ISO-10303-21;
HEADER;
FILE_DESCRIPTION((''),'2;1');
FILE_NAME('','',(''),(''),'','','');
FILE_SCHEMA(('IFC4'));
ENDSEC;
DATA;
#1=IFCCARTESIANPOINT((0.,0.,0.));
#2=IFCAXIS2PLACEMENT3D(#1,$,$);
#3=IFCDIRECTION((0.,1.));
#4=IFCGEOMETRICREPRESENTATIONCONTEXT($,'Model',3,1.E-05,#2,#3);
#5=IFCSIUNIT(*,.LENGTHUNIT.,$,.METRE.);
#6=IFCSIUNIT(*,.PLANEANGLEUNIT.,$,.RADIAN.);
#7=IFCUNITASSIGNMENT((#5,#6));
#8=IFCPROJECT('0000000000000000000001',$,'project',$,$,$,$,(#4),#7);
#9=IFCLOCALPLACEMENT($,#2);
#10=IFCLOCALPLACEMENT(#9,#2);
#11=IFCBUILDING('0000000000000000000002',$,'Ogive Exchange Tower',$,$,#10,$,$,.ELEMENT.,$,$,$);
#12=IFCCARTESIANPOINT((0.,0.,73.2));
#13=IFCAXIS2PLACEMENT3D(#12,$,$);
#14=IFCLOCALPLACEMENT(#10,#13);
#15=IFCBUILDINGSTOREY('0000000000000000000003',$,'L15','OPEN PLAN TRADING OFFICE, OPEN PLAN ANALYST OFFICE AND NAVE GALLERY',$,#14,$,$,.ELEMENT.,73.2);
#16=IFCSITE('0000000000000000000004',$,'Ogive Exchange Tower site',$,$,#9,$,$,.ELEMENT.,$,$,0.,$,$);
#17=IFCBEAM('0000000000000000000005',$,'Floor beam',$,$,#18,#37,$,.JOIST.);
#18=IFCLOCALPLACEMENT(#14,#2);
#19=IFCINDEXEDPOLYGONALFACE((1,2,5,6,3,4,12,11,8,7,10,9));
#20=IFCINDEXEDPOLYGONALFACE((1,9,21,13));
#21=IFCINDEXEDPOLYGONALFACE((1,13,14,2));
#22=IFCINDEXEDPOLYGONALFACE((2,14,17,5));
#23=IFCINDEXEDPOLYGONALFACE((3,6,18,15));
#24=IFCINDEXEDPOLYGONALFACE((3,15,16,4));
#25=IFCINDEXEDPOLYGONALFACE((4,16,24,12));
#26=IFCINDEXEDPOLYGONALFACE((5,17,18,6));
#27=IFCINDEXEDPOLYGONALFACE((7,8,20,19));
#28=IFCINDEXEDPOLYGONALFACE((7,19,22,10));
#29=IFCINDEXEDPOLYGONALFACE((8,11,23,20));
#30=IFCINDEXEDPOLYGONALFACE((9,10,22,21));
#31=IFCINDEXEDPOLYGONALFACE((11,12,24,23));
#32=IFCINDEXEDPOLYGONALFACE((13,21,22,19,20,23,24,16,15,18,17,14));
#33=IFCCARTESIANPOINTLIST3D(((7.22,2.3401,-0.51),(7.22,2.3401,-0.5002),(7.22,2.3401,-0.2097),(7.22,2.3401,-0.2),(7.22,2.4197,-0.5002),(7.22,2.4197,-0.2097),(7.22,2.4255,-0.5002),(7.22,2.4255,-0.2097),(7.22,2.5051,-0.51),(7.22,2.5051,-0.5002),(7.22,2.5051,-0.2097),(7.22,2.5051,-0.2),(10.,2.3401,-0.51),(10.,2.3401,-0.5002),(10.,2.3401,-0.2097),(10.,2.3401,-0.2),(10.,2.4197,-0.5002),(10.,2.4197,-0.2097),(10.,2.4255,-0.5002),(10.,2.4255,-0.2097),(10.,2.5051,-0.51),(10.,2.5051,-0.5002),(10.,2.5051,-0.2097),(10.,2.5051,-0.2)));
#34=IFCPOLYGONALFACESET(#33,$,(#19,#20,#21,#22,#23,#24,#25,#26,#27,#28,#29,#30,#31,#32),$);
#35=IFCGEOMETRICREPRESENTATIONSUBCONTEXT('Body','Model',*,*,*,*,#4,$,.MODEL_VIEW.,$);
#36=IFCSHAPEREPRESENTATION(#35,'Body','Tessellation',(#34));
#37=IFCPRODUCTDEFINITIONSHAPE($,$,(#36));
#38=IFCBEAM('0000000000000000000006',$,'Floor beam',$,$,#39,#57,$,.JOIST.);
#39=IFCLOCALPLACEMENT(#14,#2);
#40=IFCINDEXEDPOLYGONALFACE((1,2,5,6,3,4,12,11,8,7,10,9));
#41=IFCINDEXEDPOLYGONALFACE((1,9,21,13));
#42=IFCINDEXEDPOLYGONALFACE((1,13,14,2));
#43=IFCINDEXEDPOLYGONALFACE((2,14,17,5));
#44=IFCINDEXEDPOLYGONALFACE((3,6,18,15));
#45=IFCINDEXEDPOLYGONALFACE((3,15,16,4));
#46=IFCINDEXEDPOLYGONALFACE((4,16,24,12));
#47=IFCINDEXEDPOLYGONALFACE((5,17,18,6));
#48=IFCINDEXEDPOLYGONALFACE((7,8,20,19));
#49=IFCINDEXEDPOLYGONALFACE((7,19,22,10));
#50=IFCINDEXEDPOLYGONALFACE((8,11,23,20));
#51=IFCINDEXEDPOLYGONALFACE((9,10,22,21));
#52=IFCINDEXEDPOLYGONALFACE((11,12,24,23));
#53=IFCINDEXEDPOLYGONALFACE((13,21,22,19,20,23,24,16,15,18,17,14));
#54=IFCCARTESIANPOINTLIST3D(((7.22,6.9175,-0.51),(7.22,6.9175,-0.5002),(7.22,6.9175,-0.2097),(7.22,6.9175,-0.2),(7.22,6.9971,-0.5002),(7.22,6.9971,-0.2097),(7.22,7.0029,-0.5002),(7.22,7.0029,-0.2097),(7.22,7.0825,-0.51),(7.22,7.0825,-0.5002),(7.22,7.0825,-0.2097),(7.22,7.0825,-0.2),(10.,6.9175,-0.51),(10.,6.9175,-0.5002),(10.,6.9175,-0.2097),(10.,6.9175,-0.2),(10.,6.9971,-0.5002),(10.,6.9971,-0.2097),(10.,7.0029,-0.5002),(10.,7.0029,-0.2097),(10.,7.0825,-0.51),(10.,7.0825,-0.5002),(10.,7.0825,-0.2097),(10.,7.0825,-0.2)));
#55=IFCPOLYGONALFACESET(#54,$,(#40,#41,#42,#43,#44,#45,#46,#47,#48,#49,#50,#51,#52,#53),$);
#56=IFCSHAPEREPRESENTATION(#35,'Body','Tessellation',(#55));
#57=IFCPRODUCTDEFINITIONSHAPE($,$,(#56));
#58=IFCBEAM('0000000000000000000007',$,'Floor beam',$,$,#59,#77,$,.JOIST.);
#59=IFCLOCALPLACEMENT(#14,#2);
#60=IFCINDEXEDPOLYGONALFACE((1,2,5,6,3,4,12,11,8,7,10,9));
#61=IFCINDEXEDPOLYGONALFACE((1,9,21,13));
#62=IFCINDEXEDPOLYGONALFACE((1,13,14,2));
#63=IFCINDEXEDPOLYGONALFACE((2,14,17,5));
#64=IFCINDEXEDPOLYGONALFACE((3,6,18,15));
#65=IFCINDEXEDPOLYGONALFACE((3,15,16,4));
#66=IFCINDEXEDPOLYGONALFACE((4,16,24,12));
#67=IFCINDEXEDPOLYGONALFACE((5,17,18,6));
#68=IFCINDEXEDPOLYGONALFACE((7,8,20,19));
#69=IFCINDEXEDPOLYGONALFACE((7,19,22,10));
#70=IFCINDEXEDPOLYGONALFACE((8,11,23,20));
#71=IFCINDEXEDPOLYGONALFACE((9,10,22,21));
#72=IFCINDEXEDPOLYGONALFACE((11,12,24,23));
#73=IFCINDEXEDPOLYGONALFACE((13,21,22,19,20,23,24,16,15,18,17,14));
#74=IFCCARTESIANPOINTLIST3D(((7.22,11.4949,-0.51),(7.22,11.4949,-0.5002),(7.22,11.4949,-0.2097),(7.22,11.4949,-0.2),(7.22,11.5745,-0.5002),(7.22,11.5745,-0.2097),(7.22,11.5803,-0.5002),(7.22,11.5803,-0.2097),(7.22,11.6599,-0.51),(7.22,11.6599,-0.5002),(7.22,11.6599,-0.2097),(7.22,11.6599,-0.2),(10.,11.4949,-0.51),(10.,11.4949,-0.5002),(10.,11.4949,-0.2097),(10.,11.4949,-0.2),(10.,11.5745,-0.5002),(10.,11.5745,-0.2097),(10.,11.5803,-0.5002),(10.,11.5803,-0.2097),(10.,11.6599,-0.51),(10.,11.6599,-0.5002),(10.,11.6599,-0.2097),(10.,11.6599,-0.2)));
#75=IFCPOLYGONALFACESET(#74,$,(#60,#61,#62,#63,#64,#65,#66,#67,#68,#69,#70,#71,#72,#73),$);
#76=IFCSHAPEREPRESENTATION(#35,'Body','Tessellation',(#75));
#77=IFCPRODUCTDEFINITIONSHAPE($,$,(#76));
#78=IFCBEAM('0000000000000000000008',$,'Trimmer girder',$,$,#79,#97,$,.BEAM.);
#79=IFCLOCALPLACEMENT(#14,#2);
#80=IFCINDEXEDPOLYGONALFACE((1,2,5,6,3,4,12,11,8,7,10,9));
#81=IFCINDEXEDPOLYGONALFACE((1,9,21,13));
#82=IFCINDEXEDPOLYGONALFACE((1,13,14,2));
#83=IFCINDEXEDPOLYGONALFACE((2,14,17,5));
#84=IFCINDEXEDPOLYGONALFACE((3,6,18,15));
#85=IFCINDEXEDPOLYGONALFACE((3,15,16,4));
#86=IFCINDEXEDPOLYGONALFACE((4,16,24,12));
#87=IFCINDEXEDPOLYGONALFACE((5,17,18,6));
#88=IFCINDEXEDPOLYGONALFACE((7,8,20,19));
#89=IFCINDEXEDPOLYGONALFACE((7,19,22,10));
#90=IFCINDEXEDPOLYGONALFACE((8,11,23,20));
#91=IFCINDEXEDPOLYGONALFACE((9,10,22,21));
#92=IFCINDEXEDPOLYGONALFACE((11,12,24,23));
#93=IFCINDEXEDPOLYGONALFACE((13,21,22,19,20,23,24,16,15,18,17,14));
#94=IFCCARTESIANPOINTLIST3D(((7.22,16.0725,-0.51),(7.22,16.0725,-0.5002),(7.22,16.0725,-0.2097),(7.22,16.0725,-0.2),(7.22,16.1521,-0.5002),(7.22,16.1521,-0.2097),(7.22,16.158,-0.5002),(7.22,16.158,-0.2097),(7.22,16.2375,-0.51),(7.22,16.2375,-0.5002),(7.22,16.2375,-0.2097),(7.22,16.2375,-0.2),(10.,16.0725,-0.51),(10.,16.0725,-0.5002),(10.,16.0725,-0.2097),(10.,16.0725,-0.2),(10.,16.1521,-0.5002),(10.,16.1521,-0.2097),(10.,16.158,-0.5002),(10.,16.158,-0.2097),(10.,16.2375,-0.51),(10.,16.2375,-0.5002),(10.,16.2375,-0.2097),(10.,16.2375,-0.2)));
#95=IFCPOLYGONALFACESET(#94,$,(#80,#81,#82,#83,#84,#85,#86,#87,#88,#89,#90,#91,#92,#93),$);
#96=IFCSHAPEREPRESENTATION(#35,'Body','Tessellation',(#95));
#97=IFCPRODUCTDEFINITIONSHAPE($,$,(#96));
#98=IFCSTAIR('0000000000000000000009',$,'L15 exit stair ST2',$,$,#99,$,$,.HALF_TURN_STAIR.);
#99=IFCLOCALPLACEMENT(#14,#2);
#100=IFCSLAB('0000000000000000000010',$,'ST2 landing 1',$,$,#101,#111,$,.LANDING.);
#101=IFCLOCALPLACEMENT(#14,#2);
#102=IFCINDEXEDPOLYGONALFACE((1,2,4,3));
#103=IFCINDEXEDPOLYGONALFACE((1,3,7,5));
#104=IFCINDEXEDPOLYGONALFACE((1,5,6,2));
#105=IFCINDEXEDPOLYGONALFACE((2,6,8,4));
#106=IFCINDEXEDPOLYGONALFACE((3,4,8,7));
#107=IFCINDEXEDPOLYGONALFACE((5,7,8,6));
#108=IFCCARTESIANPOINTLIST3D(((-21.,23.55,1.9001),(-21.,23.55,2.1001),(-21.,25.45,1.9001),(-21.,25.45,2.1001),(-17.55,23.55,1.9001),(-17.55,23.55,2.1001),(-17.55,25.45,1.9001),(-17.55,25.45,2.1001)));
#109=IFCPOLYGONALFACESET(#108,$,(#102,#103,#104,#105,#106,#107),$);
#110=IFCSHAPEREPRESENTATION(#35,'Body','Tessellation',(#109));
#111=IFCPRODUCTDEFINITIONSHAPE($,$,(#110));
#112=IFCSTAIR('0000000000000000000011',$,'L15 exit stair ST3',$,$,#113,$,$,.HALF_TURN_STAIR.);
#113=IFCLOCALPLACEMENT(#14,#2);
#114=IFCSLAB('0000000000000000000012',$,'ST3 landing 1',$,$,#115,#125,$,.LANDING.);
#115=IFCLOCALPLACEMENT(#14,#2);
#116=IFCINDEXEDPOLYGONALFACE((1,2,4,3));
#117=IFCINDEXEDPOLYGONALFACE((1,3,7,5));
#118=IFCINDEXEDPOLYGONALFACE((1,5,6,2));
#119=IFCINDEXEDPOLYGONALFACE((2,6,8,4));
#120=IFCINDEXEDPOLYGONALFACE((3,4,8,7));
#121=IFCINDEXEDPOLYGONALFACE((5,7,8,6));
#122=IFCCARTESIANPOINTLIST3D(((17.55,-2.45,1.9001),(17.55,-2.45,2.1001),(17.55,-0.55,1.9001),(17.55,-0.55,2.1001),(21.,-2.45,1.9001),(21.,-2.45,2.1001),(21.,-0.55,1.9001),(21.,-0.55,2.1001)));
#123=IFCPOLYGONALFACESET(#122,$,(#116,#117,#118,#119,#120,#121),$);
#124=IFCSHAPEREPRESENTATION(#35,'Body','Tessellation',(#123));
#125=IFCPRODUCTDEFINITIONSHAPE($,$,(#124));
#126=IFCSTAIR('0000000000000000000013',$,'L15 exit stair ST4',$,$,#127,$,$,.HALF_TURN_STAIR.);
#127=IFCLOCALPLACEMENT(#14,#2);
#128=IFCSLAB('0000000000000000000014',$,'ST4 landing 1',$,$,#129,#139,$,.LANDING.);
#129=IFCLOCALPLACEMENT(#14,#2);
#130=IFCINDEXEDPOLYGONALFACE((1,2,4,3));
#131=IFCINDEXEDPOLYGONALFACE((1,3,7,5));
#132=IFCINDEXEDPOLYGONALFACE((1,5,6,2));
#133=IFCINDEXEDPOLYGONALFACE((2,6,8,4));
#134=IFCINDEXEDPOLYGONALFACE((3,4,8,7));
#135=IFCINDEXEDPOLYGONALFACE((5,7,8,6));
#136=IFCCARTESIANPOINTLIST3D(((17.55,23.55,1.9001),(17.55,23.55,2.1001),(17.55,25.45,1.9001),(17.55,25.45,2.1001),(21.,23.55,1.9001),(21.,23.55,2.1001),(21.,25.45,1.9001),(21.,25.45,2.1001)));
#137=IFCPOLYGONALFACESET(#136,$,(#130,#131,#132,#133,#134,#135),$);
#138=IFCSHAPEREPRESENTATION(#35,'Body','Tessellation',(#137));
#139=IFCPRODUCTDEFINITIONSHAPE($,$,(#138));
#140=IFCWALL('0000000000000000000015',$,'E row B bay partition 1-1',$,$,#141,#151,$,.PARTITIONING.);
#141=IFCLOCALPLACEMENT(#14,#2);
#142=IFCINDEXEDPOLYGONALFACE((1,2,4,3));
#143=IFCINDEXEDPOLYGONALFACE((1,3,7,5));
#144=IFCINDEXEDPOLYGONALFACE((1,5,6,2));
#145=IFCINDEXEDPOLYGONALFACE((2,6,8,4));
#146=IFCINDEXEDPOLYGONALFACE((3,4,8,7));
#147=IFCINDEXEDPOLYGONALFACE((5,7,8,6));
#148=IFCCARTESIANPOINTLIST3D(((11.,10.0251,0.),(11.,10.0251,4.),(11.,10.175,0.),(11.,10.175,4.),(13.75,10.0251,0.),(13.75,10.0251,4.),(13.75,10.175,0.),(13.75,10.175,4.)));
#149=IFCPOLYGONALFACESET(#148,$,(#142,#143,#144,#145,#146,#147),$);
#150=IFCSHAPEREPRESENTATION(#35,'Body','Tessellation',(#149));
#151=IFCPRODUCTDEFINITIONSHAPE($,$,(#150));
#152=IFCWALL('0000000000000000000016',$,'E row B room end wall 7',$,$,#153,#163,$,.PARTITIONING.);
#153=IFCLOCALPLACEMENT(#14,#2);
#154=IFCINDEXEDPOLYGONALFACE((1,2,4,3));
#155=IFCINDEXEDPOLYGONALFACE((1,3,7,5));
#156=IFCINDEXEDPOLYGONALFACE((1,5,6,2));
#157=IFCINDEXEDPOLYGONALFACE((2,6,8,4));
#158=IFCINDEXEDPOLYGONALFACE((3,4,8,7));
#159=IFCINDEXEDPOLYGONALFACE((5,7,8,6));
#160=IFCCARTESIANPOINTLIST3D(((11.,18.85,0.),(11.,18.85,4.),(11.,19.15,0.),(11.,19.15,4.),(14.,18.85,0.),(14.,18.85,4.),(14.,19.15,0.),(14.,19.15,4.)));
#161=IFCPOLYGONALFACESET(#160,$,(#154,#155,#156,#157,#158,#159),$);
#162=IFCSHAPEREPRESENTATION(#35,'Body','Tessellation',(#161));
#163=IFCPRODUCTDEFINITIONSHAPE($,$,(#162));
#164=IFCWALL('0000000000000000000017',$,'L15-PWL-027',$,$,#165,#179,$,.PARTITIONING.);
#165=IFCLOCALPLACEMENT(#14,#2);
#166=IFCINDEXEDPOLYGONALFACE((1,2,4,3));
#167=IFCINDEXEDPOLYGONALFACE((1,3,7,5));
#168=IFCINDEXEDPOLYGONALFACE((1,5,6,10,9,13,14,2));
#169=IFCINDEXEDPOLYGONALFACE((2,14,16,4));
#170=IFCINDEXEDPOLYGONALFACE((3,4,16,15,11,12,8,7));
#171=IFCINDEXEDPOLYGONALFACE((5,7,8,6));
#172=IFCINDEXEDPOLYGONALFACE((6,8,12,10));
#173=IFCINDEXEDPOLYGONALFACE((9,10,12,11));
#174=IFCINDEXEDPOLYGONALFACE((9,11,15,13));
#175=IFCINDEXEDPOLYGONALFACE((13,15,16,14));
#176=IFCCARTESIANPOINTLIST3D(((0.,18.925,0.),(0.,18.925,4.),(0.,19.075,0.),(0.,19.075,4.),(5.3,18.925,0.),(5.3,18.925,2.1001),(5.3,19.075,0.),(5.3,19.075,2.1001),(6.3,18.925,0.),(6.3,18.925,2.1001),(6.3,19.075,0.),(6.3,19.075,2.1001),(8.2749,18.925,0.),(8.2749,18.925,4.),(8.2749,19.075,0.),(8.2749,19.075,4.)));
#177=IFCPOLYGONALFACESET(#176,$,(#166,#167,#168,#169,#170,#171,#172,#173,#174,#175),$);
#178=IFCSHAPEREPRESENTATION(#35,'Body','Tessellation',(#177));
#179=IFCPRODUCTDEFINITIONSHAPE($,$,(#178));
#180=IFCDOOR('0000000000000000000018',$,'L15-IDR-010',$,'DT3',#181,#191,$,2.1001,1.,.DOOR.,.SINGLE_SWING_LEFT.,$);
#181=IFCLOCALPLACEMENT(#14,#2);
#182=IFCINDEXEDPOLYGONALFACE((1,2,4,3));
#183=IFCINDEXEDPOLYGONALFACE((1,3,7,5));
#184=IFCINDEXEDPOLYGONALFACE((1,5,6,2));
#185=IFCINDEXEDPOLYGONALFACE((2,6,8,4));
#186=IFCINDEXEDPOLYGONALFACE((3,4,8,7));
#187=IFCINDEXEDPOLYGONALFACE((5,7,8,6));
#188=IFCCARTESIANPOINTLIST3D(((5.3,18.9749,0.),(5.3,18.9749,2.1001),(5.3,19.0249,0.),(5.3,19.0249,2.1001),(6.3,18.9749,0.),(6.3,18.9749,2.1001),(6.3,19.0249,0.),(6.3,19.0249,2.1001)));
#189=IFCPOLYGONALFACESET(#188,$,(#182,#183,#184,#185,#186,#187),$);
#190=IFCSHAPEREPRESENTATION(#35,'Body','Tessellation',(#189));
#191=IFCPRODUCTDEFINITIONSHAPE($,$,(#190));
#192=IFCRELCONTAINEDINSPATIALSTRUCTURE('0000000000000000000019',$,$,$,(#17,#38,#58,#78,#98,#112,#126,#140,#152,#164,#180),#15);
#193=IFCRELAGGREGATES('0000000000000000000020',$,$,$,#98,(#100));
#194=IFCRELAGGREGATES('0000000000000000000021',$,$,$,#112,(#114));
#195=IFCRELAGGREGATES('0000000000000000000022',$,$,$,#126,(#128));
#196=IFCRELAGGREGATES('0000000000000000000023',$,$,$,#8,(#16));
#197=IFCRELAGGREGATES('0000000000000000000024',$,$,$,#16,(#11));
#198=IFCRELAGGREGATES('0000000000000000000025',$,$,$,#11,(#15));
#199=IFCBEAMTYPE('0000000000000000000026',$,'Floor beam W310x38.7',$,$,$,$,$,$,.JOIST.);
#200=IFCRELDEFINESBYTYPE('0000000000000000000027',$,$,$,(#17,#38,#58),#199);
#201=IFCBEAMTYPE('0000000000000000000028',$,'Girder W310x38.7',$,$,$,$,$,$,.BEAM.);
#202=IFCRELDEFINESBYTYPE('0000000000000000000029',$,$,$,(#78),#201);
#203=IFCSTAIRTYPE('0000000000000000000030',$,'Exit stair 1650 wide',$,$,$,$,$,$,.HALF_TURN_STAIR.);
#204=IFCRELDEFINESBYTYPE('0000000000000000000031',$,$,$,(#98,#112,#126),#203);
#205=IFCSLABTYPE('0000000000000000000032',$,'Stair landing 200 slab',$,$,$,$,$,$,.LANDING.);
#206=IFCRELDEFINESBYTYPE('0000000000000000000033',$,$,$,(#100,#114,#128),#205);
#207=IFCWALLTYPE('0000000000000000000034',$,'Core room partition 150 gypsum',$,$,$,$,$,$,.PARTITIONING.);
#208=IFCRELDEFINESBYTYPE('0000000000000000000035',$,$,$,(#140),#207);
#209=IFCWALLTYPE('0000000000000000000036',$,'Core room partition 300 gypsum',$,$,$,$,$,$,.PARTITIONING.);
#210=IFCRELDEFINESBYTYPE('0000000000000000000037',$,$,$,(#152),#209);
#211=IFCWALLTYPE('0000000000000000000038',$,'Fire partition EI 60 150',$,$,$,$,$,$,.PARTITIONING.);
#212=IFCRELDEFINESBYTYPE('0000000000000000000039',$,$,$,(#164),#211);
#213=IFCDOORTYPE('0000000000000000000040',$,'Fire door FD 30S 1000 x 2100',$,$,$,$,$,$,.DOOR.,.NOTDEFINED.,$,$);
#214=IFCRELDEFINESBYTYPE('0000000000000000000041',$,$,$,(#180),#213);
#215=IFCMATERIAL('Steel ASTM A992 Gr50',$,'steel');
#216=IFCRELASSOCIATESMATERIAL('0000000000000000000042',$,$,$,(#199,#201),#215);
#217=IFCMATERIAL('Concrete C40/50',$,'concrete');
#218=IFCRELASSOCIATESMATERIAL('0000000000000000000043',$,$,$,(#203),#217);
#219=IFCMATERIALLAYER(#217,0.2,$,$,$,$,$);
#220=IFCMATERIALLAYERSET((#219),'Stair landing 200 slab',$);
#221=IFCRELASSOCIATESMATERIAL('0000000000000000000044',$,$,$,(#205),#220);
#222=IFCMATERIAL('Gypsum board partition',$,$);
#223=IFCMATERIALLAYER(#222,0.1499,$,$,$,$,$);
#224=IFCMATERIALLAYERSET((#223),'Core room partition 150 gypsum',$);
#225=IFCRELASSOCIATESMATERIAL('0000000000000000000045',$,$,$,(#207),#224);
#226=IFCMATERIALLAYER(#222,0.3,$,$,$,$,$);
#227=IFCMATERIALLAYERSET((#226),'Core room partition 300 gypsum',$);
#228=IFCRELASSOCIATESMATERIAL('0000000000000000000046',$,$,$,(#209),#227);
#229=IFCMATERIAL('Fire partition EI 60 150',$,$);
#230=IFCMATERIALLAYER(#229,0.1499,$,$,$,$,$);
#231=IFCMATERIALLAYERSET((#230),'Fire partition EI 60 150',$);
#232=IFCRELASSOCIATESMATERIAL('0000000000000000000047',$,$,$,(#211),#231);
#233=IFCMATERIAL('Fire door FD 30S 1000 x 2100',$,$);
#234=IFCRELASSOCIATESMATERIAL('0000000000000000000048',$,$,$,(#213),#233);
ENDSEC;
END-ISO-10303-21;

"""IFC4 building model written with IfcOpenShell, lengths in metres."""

from ifc_helpers import new_model, si_unit, direction, frame, frame_2d, origin, origin_2d, place, context, subcontext, project, spatial, polyline, rectangle, i_section, outline, extrude, material, layer, layer_set, material_profile, profile_set, type_object, element, fill, aggregate, save


model = new_model("IFC4")

# Units and contexts
model_context = context("Model", 3, precision=1e-05, world=origin(), true_north=direction((0.0, 1.0)))
body_context = subcontext(model_context, "Body", "Model", "MODEL_VIEW")
ifc_project = project(units=[si_unit("LENGTHUNIT", "METRE"), si_unit("PLANEANGLEUNIT", "RADIAN")], contexts=[model_context])

# Site, building, storey
site_placement = place(None, origin())
site = spatial("IfcSite", under=ifc_project, at=site_placement, Name="Ogive Exchange Tower site", CompositionType="ELEMENT", RefElevation=0.0)
building_placement = place(site_placement, origin())
building = spatial("IfcBuilding", under=site, at=building_placement, Name="Ogive Exchange Tower", CompositionType="ELEMENT")
storey_placement = place(building_placement, frame((0.0, 0.0, 73.2)))
storey = spatial("IfcBuildingStorey", under=building, at=storey_placement, Name="L15", Description="OPEN PLAN TRADING OFFICE, OPEN PLAN ANALYST OFFICE AND NAVE GALLERY", CompositionType="ELEMENT", Elevation=73.2)

# Beams
ifc_material_1 = material(Name="Steel ASTM A992 Gr50", Category="steel")
ifc_material_profile_1 = material_profile(ifc_material_1, i_section(OverallWidth=0.165, OverallDepth=0.3101, WebThickness=0.0059, FlangeThickness=0.0098, at=origin_2d()), Name="W310x38.7")
ifc_profile_set_1 = profile_set([ifc_material_profile_1], Name="Steel ASTM A992 Gr50")
beam_type_1 = type_object("IfcBeamType", Name="Floor beam W310x38.7", PredefinedType="JOIST", material=ifc_profile_set_1)
for number, where, z_axis, x_axis, name in (
    (1, (7.22, 2.4226, -0.355), (1.0, 0.0, 0.0), (0.0, 1.0, 0.0), "Floor beam"),
    (2, (7.22, 7.0, -0.355), (1.0, 0.0, 0.0), (0.0, 1.0, 0.0), "Floor beam"),
    (3, (7.22, 11.5774, -0.355), (1.0, 0.0, 0.0), (0.0, 1.0, 0.0), "Floor beam"),
):
    element("IfcBeam", number, at=place(storey_placement, frame(where, z_axis=z_axis, x_axis=x_axis)), inside=storey, type_object=beam_type_1, Name=name, PredefinedType="JOIST", context=body_context, shape_type="SweptSolid", body=[
        extrude(i_section(OverallWidth=0.165, OverallDepth=0.3101, WebThickness=0.0059, FlangeThickness=0.0098, at=origin_2d()), origin(), (0.0, 0.0, 1.0), 2.78),
    ])
ifc_material_profile_2 = material_profile(ifc_material_1, i_section(OverallWidth=0.165, OverallDepth=0.3101, WebThickness=0.0059, FlangeThickness=0.0098, at=origin_2d()), Name="W310x38.7")
ifc_profile_set_2 = profile_set([ifc_material_profile_2], Name="Steel ASTM A992 Gr50")
beam_type_2 = type_object("IfcBeamType", Name="Girder W310x38.7", PredefinedType="BEAM", material=ifc_profile_set_2)
beam_placement = place(storey_placement, frame((7.22, 16.155, -0.355), z_axis=(1.0, 0.0, 0.0), x_axis=(0.0, 1.0, 0.0)))
element("IfcBeam", 4, at=beam_placement, inside=storey, type_object=beam_type_2, Name="Trimmer girder", PredefinedType="BEAM", context=body_context, shape_type="SweptSolid", body=[
    extrude(i_section(OverallWidth=0.165, OverallDepth=0.3101, WebThickness=0.0059, FlangeThickness=0.0098, at=origin_2d()), origin(), (0.0, 0.0, 1.0), 2.78),
])

# Stairs, slabs
ifc_material_2 = material(Name="Concrete C40/50", Category="concrete")
stair_type = type_object("IfcStairType", Name="Exit stair 1650 wide", PredefinedType="HALF_TURN_STAIR", material=ifc_material_2)
stair_1_placement = place(storey_placement, origin())
stair_1 = element("IfcStair", 5, at=stair_1_placement, inside=storey, type_object=stair_type, Name="L15 exit stair ST2", PredefinedType="HALF_TURN_STAIR")
ifc_layer_1 = layer(ifc_material_2, 0.2)
ifc_layer_set_1 = layer_set([ifc_layer_1], Name="Stair landing 200 slab")
slab_type = type_object("IfcSlabType", Name="Stair landing 200 slab", PredefinedType="LANDING", material=ifc_layer_set_1)
slab_1_placement = place(storey_placement, frame((0.0, 0.0, 1.9001)))
slab_1 = element("IfcSlab", 6, at=slab_1_placement, type_object=slab_type, Name="ST2 landing 1", PredefinedType="LANDING", context=body_context, shape_type="SweptSolid", body=[
    extrude(outline(polyline([(-17.55, 23.55), (-17.55, 25.45), (-21.0, 25.45), (-21.0, 23.55), (-17.55, 23.55)])), origin(), (0.0, 0.0, 1.0), 0.2),
])
aggregate(stair_1, [slab_1])
stair_2_placement = place(storey_placement, origin())
stair_2 = element("IfcStair", 7, at=stair_2_placement, inside=storey, type_object=stair_type, Name="L15 exit stair ST3", PredefinedType="HALF_TURN_STAIR")
slab_2_placement = place(storey_placement, frame((0.0, 0.0, 1.9001)))
slab_2 = element("IfcSlab", 8, at=slab_2_placement, type_object=slab_type, Name="ST3 landing 1", PredefinedType="LANDING", context=body_context, shape_type="SweptSolid", body=[
    extrude(outline(polyline([(17.55, -0.55), (17.55, -2.45), (21.0, -2.45), (21.0, -0.55), (17.55, -0.55)])), origin(), (0.0, 0.0, 1.0), 0.2),
])
aggregate(stair_2, [slab_2])
stair_3_placement = place(storey_placement, origin())
stair_3 = element("IfcStair", 9, at=stair_3_placement, inside=storey, type_object=stair_type, Name="L15 exit stair ST4", PredefinedType="HALF_TURN_STAIR")
slab_3_placement = place(storey_placement, frame((0.0, 0.0, 1.9001)))
slab_3 = element("IfcSlab", 10, at=slab_3_placement, type_object=slab_type, Name="ST4 landing 1", PredefinedType="LANDING", context=body_context, shape_type="SweptSolid", body=[
    extrude(outline(polyline([(21.0, 23.55), (21.0, 25.45), (17.55, 25.45), (17.55, 23.55), (21.0, 23.55)])), origin(), (0.0, 0.0, 1.0), 0.2),
])
aggregate(stair_3, [slab_3])

# Walls
ifc_material_3 = material(Name="Gypsum board partition")
ifc_layer_2 = layer(ifc_material_3, 0.1499)
ifc_layer_set_2 = layer_set([ifc_layer_2], Name="Core room partition 150 gypsum")
wall_type_1 = type_object("IfcWallType", Name="Core room partition 150 gypsum", PredefinedType="PARTITIONING", material=ifc_layer_set_2)
wall_1_placement = place(storey_placement, frame((11.0, 10.1001, 0.0), z_axis=(0.0, 0.0, 1.0), x_axis=(1.0, 0.0, 0.0)))
element("IfcWall", 11, at=wall_1_placement, inside=storey, type_object=wall_type_1, Name="E row B bay partition 1-1", PredefinedType="PARTITIONING", context=body_context, shape_type="SweptSolid", body=[
    extrude(rectangle(XDim=2.75, YDim=0.1499, at=frame_2d((1.375, 0.0))), origin(), (0.0, 0.0, 1.0), 4.0),
])
ifc_layer_3 = layer(ifc_material_3, 0.3)
ifc_layer_set_3 = layer_set([ifc_layer_3], Name="Core room partition 300 gypsum")
wall_type_2 = type_object("IfcWallType", Name="Core room partition 300 gypsum", PredefinedType="PARTITIONING", material=ifc_layer_set_3)
wall_2_placement = place(storey_placement, frame((11.0, 19.0, 0.0), z_axis=(0.0, 0.0, 1.0), x_axis=(1.0, 0.0, 0.0)))
element("IfcWall", 12, at=wall_2_placement, inside=storey, type_object=wall_type_2, Name="E row B room end wall 7", PredefinedType="PARTITIONING", context=body_context, shape_type="SweptSolid", body=[
    extrude(rectangle(XDim=3.0, YDim=0.3, at=frame_2d((1.5, 0.0))), origin(), (0.0, 0.0, 1.0), 4.0),
])

# Wall, opening, door
ifc_material_4 = material(Name="Fire partition EI 60 150")
ifc_layer_4 = layer(ifc_material_4, 0.1499)
ifc_layer_set_4 = layer_set([ifc_layer_4], Name="Fire partition EI 60 150")
wall_type_3 = type_object("IfcWallType", Name="Fire partition EI 60 150", PredefinedType="PARTITIONING", material=ifc_layer_set_4)
wall_3_placement = place(storey_placement, frame((0.0, 19.0, 0.0), z_axis=(0.0, 0.0, 1.0), x_axis=(1.0, 0.0, 0.0)))
wall_3 = element("IfcWall", 13, at=wall_3_placement, inside=storey, type_object=wall_type_3, Name="L15-PWL-027", PredefinedType="PARTITIONING", context=body_context, shape_type="SweptSolid", body=[
    extrude(rectangle(XDim=8.2749, YDim=0.1499, at=frame_2d((4.1375, 0.0))), origin(), (0.0, 0.0, 1.0), 4.0),
])
opening_1_placement = place(wall_3_placement, frame((5.3, 0.0, 0.0)))
opening_1 = element("IfcOpeningElement", 14, at=opening_1_placement, cuts=wall_3, PredefinedType="OPENING", context=body_context, shape_type="SweptSolid", body=[
    extrude(rectangle(XDim=1.0, YDim=2.1001, at=frame_2d((0.5, 1.05))), frame((0.0, 0.085, 0.0), z_axis=(0.0, -1.0, 0.0), x_axis=(1.0, 0.0, 0.0)), (0.0, 0.0, 1.0), 0.1699),
])
ifc_material_5 = material(Name="Fire door FD 30S 1000 x 2100")
door_type_1 = type_object("IfcDoorType", Name="Fire door FD 30S 1000 x 2100", OperationType="NOTDEFINED", PredefinedType="DOOR", material=ifc_material_5)
door_1_placement = place(opening_1_placement, origin())
door_1 = element("IfcDoor", 15, at=door_1_placement, inside=storey, type_object=door_type_1, Name="L15-IDR-010", ObjectType="DT3", OperationType="SINGLE_SWING_LEFT", OverallHeight=2.1001, OverallWidth=1.0, PredefinedType="DOOR", context=body_context, shape_type="SweptSolid", body=[
    extrude(rectangle(XDim=1.0, YDim=2.1001, at=frame_2d((0.5, 1.05))), frame((0.0, 0.0249, 0.0), z_axis=(0.0, -1.0, 0.0), x_axis=(1.0, 0.0, 0.0)), (0.0, 0.0, 1.0), 0.05),
])
fill(opening_1, door_1)

save(model, "model.ifc")
